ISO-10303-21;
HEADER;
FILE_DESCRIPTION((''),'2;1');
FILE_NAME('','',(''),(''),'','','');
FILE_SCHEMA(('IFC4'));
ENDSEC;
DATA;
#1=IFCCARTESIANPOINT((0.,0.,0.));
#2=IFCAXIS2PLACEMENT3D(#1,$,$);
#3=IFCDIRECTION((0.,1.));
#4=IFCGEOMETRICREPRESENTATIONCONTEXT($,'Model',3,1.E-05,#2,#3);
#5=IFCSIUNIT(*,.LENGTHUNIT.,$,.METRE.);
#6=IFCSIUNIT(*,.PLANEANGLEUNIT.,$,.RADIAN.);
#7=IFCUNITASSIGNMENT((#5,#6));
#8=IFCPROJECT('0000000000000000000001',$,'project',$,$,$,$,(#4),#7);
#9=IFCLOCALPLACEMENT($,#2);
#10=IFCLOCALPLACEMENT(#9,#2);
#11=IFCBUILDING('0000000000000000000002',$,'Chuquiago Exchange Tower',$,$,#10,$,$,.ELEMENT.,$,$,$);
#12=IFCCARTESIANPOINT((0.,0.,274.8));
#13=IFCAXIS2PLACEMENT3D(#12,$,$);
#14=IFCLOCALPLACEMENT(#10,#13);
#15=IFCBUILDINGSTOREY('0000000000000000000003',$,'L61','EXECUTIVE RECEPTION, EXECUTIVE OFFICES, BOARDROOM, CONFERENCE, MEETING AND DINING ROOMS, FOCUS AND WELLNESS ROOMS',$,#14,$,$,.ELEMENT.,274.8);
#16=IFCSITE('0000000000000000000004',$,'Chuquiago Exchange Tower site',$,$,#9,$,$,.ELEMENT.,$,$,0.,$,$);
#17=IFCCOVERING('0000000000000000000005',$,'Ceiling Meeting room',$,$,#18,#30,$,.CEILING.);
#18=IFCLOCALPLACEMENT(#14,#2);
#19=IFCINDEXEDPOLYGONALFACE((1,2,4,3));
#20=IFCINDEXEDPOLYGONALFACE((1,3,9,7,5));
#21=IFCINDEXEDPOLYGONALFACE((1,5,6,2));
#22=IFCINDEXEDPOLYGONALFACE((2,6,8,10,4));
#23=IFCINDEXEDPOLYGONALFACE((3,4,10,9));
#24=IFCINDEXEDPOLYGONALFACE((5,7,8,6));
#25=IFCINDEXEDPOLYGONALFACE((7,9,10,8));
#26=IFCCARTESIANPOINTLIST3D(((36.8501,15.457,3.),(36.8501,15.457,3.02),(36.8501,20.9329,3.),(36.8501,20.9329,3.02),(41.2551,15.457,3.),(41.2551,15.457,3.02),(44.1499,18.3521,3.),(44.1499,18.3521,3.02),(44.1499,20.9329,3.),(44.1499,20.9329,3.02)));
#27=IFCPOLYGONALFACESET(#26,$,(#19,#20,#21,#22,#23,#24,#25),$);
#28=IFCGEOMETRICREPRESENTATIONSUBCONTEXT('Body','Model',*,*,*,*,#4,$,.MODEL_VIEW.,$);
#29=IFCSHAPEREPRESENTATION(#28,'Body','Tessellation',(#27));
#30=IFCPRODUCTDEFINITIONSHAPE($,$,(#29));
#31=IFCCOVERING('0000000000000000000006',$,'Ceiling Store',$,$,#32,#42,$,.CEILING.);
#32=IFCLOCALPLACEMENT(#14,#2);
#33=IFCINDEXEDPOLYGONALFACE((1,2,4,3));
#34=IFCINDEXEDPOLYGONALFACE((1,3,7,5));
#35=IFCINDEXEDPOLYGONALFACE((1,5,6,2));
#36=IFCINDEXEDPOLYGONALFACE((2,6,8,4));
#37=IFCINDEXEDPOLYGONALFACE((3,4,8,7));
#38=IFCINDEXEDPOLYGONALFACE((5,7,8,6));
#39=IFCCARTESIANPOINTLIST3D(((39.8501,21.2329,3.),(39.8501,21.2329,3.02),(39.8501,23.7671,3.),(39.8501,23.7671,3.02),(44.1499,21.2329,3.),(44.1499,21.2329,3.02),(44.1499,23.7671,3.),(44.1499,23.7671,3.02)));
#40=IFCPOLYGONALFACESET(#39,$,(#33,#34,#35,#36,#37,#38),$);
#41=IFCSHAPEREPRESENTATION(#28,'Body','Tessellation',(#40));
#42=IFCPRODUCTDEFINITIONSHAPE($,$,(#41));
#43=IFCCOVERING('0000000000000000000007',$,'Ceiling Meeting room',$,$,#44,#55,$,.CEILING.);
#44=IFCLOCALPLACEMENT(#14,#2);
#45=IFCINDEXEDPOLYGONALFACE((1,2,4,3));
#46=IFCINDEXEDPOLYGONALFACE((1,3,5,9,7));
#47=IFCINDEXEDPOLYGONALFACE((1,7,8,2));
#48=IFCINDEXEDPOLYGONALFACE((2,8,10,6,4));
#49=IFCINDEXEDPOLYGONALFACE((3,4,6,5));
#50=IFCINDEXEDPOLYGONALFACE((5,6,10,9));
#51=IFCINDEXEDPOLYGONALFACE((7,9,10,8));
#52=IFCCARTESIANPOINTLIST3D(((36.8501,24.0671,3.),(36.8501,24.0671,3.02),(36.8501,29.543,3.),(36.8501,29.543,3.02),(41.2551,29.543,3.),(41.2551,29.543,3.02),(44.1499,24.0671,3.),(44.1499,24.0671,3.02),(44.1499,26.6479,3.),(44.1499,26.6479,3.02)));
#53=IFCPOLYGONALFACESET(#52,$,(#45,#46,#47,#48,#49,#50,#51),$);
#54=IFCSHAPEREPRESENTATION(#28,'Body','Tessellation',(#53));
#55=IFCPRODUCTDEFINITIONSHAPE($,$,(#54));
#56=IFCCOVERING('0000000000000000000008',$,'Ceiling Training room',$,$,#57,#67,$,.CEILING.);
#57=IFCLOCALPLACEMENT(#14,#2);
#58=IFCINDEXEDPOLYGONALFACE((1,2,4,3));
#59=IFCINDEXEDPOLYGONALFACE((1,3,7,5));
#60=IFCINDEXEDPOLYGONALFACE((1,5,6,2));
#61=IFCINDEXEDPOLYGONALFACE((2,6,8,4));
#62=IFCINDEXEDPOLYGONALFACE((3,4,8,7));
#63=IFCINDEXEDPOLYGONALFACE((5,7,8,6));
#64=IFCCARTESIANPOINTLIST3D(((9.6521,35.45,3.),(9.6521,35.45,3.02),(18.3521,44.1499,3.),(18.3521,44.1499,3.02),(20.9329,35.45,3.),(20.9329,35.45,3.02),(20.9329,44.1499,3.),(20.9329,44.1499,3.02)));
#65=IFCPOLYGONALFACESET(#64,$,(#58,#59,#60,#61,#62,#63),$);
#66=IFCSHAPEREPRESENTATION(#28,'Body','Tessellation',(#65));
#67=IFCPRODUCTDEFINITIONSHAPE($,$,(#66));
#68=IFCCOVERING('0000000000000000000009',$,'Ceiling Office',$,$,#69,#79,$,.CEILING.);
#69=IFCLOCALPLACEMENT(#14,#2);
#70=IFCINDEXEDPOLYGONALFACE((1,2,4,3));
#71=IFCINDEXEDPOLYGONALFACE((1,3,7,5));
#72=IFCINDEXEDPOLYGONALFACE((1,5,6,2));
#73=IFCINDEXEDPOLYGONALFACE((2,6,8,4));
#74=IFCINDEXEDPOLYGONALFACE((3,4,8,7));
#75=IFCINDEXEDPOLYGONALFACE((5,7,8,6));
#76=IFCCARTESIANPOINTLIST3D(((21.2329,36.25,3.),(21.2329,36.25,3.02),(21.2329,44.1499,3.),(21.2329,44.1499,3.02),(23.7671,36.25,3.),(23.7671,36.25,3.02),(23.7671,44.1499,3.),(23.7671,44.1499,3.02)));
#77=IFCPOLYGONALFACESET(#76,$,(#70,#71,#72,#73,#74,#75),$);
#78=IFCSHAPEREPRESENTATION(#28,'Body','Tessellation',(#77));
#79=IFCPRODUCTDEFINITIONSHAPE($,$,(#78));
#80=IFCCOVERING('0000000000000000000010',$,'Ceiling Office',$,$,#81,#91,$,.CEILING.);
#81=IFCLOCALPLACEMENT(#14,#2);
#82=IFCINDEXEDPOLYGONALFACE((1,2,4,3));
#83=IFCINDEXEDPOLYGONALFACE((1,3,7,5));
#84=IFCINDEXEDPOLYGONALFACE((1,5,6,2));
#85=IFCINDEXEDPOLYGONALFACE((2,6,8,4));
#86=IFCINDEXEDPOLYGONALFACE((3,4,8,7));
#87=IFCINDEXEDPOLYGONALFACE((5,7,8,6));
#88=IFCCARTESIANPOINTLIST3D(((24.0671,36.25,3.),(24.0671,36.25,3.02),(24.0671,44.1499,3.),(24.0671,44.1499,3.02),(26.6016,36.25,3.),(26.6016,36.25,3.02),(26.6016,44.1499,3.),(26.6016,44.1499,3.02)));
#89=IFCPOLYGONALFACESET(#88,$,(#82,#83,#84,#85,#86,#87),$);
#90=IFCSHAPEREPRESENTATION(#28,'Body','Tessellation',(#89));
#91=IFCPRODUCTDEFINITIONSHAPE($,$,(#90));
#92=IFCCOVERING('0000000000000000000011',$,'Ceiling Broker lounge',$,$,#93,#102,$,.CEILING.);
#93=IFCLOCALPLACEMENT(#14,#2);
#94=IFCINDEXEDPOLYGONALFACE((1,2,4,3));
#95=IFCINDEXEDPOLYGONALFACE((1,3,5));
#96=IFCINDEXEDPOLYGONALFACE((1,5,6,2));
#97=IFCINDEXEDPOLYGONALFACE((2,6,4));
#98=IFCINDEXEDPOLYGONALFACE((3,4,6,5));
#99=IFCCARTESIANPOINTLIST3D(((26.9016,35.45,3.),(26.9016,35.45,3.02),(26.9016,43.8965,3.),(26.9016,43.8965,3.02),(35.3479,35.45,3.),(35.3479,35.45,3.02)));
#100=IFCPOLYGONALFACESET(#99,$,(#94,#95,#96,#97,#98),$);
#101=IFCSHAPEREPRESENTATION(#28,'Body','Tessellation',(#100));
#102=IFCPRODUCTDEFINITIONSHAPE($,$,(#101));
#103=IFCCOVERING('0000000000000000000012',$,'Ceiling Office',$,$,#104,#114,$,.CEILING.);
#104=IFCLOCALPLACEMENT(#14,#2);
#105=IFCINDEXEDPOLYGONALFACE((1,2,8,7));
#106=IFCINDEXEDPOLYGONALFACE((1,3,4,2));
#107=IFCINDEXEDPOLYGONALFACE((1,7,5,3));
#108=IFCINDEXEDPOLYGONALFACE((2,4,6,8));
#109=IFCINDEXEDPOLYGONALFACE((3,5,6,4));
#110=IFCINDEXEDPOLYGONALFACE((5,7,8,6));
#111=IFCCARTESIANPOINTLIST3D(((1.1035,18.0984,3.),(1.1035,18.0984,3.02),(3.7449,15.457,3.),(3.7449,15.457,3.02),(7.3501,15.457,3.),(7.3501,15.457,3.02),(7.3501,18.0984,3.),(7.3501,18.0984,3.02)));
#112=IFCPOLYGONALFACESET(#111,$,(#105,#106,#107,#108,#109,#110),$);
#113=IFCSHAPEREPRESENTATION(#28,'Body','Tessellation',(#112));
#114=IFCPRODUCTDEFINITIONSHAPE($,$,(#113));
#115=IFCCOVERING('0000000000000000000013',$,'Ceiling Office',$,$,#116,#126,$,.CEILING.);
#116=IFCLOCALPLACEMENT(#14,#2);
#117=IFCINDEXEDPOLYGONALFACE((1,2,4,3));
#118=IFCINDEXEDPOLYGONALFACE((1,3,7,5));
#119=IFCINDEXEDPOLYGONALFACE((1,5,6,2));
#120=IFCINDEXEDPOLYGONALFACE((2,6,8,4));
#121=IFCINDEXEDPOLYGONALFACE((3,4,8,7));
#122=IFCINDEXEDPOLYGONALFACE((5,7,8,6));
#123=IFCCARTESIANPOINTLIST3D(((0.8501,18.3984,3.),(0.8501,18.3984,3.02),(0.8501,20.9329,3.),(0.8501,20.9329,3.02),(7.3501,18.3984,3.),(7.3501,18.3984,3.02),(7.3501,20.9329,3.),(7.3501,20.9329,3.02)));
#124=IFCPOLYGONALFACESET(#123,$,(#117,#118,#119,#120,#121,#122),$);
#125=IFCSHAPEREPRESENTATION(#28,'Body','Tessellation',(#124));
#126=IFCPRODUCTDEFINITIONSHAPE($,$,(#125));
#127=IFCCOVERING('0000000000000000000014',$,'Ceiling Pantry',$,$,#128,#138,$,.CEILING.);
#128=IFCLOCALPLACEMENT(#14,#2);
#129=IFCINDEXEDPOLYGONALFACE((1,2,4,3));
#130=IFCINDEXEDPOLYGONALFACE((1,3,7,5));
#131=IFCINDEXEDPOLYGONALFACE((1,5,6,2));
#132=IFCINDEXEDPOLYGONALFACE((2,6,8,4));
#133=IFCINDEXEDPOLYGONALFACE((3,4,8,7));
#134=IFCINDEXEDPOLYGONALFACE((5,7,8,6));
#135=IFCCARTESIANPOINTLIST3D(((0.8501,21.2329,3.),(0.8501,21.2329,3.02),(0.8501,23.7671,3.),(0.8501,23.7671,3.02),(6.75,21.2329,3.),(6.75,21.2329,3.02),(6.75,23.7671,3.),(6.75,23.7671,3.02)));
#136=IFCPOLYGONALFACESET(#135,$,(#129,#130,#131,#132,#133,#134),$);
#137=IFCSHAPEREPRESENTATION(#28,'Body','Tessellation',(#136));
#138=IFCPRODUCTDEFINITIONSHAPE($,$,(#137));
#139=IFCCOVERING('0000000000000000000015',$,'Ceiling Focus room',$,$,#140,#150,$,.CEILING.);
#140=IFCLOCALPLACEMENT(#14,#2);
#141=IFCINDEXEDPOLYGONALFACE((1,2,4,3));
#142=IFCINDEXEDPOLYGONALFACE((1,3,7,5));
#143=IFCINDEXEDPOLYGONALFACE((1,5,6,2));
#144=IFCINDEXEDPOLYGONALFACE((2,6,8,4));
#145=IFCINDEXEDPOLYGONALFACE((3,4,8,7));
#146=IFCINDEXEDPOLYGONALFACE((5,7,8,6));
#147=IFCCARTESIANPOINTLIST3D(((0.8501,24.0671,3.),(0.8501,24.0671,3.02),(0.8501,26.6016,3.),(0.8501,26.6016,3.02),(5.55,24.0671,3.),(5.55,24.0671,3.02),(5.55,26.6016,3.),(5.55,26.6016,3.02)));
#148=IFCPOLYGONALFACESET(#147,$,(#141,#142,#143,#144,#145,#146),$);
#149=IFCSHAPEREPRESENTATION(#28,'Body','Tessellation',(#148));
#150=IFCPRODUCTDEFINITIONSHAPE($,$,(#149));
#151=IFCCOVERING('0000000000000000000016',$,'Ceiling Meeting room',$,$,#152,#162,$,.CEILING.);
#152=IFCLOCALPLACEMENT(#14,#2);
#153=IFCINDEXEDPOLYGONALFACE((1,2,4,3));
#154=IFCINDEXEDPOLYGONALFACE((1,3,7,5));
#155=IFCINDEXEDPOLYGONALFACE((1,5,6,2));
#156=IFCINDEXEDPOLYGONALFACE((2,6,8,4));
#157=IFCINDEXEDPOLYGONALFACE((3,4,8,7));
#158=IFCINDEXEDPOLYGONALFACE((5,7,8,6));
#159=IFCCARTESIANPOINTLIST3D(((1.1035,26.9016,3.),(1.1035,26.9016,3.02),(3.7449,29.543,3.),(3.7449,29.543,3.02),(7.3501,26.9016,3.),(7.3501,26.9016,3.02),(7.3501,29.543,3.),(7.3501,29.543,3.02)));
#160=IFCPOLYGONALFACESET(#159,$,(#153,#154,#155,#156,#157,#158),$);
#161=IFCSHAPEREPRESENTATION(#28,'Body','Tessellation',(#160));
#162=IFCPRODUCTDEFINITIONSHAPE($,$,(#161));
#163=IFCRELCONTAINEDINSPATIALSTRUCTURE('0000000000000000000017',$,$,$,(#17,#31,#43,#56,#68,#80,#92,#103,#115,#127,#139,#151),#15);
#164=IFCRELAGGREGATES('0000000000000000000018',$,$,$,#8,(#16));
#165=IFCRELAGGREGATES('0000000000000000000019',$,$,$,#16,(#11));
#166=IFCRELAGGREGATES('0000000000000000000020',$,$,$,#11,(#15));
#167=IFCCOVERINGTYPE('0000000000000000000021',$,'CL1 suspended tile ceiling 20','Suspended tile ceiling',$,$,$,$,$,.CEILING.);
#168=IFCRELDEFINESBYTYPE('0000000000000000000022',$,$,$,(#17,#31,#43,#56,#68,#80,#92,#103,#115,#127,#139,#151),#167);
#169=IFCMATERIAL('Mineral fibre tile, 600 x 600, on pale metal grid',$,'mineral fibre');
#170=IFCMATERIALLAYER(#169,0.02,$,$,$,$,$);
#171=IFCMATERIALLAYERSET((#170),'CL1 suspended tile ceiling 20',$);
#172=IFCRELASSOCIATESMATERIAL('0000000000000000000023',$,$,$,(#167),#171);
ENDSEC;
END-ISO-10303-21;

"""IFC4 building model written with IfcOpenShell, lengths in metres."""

from ifc_helpers import new_model, si_unit, direction, frame, origin, place, context, subcontext, project, spatial, polyline, outline, extrude, material, layer, layer_set, type_object, element, save


model = new_model("IFC4")

# Units and contexts
model_context = context("Model", 3, precision=1e-05, world=origin(), true_north=direction((0.0, 1.0)))
body_context = subcontext(model_context, "Body", "Model", "MODEL_VIEW")
ifc_project = project(units=[si_unit("LENGTHUNIT", "METRE"), si_unit("PLANEANGLEUNIT", "RADIAN")], contexts=[model_context])

# Site, building, storey
site_placement = place(None, origin())
site = spatial("IfcSite", under=ifc_project, at=site_placement, Name="Chuquiago Exchange Tower site", CompositionType="ELEMENT", RefElevation=0.0)
building_placement = place(site_placement, origin())
building = spatial("IfcBuilding", under=site, at=building_placement, Name="Chuquiago Exchange Tower", CompositionType="ELEMENT")
storey_placement = place(building_placement, frame((0.0, 0.0, 274.8)))
storey = spatial("IfcBuildingStorey", under=building, at=storey_placement, Name="L61", Description="EXECUTIVE RECEPTION, EXECUTIVE OFFICES, BOARDROOM, CONFERENCE, MEETING AND DINING ROOMS, FOCUS AND WELLNESS ROOMS", CompositionType="ELEMENT", Elevation=274.8)

# Coverings
ifc_material_1 = material(Name="Mineral fibre tile, 600 x 600, on pale metal grid", Category="mineral fibre")
ifc_layer_1 = layer(ifc_material_1, 0.02)
ifc_layer_set_1 = layer_set([ifc_layer_1], Name="CL1 suspended tile ceiling 20")
covering_type_1 = type_object("IfcCoveringType", Name="CL1 suspended tile ceiling 20", Description="Suspended tile ceiling", PredefinedType="CEILING", material=ifc_layer_set_1)
covering_1_placement = place(storey_placement, frame((0.0, 0.0, 3.0)))
element("IfcCovering", 1, at=covering_1_placement, inside=storey, type_object=covering_type_1, Name="Ceiling Meeting room", PredefinedType="CEILING", context=body_context, shape_type="SweptSolid", body=[
    extrude(outline(polyline([(41.2551, 15.457), (36.8501, 15.457), (36.8501, 20.9329), (44.1499, 20.9329), (44.1499, 18.3521), (41.2551, 15.457)])), origin(), (0.0, 0.0, 1.0), 0.02),
])
covering_2_placement = place(storey_placement, frame((0.0, 0.0, 3.0)))
element("IfcCovering", 2, at=covering_2_placement, inside=storey, type_object=covering_type_1, Name="Ceiling Store", PredefinedType="CEILING", context=body_context, shape_type="SweptSolid", body=[
    extrude(outline(polyline([(39.8501, 21.2329), (39.8501, 23.7671), (44.1499, 23.7671), (44.1499, 21.2329), (39.8501, 21.2329)])), origin(), (0.0, 0.0, 1.0), 0.02),
])
covering_3_placement = place(storey_placement, frame((0.0, 0.0, 3.0)))
element("IfcCovering", 3, at=covering_3_placement, inside=storey, type_object=covering_type_1, Name="Ceiling Meeting room", PredefinedType="CEILING", context=body_context, shape_type="SweptSolid", body=[
    extrude(outline(polyline([(44.1499, 24.0671), (36.8501, 24.0671), (36.8501, 29.543), (41.2551, 29.543), (44.1499, 26.6479), (44.1499, 24.0671)])), origin(), (0.0, 0.0, 1.0), 0.02),
])
covering_4_placement = place(storey_placement, frame((0.0, 0.0, 3.0)))
element("IfcCovering", 4, at=covering_4_placement, inside=storey, type_object=covering_type_1, Name="Ceiling Training room", PredefinedType="CEILING", context=body_context, shape_type="SweptSolid", body=[
    extrude(outline(polyline([(18.3521, 44.1499), (20.9329, 44.1499), (20.9329, 35.45), (9.6521, 35.45), (18.3521, 44.1499)])), origin(), (0.0, 0.0, 1.0), 0.02),
])
covering_5_placement = place(storey_placement, frame((0.0, 0.0, 3.0)))
element("IfcCovering", 5, at=covering_5_placement, inside=storey, type_object=covering_type_1, Name="Ceiling Office", PredefinedType="CEILING", context=body_context, shape_type="SweptSolid", body=[
    extrude(outline(polyline([(23.7671, 36.25), (21.2329, 36.25), (21.2329, 44.1499), (23.7671, 44.1499), (23.7671, 36.25)])), origin(), (0.0, 0.0, 1.0), 0.02),
])
covering_6_placement = place(storey_placement, frame((0.0, 0.0, 3.0)))
element("IfcCovering", 6, at=covering_6_placement, inside=storey, type_object=covering_type_1, Name="Ceiling Office", PredefinedType="CEILING", context=body_context, shape_type="SweptSolid", body=[
    extrude(outline(polyline([(26.6016, 36.25), (24.0671, 36.25), (24.0671, 44.1499), (26.6016, 44.1499), (26.6016, 36.25)])), origin(), (0.0, 0.0, 1.0), 0.02),
])
covering_7_placement = place(storey_placement, frame((0.0, 0.0, 3.0)))
element("IfcCovering", 7, at=covering_7_placement, inside=storey, type_object=covering_type_1, Name="Ceiling Broker lounge", PredefinedType="CEILING", context=body_context, shape_type="SweptSolid", body=[
    extrude(outline(polyline([(26.9016, 35.45), (26.9016, 43.8965), (35.3479, 35.45), (26.9016, 35.45)])), origin(), (0.0, 0.0, 1.0), 0.02),
])
covering_8_placement = place(storey_placement, frame((0.0, 0.0, 3.0)))
element("IfcCovering", 8, at=covering_8_placement, inside=storey, type_object=covering_type_1, Name="Ceiling Office", PredefinedType="CEILING", context=body_context, shape_type="SweptSolid", body=[
    extrude(outline(polyline([(7.3501, 18.0984), (7.3501, 15.457), (3.7449, 15.457), (1.1035, 18.0984), (7.3501, 18.0984)])), origin(), (0.0, 0.0, 1.0), 0.02),
])
covering_9_placement = place(storey_placement, frame((0.0, 0.0, 3.0)))
element("IfcCovering", 9, at=covering_9_placement, inside=storey, type_object=covering_type_1, Name="Ceiling Office", PredefinedType="CEILING", context=body_context, shape_type="SweptSolid", body=[
    extrude(outline(polyline([(0.8501, 20.9329), (7.3501, 20.9329), (7.3501, 18.3984), (0.8501, 18.3984), (0.8501, 20.9329)])), origin(), (0.0, 0.0, 1.0), 0.02),
])
covering_10_placement = place(storey_placement, frame((0.0, 0.0, 3.0)))
element("IfcCovering", 10, at=covering_10_placement, inside=storey, type_object=covering_type_1, Name="Ceiling Pantry", PredefinedType="CEILING", context=body_context, shape_type="SweptSolid", body=[
    extrude(outline(polyline([(6.75, 23.7671), (6.75, 21.2329), (0.8501, 21.2329), (0.8501, 23.7671), (6.75, 23.7671)])), origin(), (0.0, 0.0, 1.0), 0.02),
])
covering_11_placement = place(storey_placement, frame((0.0, 0.0, 3.0)))
element("IfcCovering", 11, at=covering_11_placement, inside=storey, type_object=covering_type_1, Name="Ceiling Focus room", PredefinedType="CEILING", context=body_context, shape_type="SweptSolid", body=[
    extrude(outline(polyline([(5.55, 26.6016), (5.55, 24.0671), (0.8501, 24.0671), (0.8501, 26.6016), (5.55, 26.6016)])), origin(), (0.0, 0.0, 1.0), 0.02),
])
covering_12_placement = place(storey_placement, frame((0.0, 0.0, 3.0)))
element("IfcCovering", 12, at=covering_12_placement, inside=storey, type_object=covering_type_1, Name="Ceiling Meeting room", PredefinedType="CEILING", context=body_context, shape_type="SweptSolid", body=[
    extrude(outline(polyline([(7.3501, 29.543), (7.3501, 26.9016), (1.1035, 26.9016), (3.7449, 29.543), (7.3501, 29.543)])), origin(), (0.0, 0.0, 1.0), 0.02),
])

save(model, "model.ifc")
